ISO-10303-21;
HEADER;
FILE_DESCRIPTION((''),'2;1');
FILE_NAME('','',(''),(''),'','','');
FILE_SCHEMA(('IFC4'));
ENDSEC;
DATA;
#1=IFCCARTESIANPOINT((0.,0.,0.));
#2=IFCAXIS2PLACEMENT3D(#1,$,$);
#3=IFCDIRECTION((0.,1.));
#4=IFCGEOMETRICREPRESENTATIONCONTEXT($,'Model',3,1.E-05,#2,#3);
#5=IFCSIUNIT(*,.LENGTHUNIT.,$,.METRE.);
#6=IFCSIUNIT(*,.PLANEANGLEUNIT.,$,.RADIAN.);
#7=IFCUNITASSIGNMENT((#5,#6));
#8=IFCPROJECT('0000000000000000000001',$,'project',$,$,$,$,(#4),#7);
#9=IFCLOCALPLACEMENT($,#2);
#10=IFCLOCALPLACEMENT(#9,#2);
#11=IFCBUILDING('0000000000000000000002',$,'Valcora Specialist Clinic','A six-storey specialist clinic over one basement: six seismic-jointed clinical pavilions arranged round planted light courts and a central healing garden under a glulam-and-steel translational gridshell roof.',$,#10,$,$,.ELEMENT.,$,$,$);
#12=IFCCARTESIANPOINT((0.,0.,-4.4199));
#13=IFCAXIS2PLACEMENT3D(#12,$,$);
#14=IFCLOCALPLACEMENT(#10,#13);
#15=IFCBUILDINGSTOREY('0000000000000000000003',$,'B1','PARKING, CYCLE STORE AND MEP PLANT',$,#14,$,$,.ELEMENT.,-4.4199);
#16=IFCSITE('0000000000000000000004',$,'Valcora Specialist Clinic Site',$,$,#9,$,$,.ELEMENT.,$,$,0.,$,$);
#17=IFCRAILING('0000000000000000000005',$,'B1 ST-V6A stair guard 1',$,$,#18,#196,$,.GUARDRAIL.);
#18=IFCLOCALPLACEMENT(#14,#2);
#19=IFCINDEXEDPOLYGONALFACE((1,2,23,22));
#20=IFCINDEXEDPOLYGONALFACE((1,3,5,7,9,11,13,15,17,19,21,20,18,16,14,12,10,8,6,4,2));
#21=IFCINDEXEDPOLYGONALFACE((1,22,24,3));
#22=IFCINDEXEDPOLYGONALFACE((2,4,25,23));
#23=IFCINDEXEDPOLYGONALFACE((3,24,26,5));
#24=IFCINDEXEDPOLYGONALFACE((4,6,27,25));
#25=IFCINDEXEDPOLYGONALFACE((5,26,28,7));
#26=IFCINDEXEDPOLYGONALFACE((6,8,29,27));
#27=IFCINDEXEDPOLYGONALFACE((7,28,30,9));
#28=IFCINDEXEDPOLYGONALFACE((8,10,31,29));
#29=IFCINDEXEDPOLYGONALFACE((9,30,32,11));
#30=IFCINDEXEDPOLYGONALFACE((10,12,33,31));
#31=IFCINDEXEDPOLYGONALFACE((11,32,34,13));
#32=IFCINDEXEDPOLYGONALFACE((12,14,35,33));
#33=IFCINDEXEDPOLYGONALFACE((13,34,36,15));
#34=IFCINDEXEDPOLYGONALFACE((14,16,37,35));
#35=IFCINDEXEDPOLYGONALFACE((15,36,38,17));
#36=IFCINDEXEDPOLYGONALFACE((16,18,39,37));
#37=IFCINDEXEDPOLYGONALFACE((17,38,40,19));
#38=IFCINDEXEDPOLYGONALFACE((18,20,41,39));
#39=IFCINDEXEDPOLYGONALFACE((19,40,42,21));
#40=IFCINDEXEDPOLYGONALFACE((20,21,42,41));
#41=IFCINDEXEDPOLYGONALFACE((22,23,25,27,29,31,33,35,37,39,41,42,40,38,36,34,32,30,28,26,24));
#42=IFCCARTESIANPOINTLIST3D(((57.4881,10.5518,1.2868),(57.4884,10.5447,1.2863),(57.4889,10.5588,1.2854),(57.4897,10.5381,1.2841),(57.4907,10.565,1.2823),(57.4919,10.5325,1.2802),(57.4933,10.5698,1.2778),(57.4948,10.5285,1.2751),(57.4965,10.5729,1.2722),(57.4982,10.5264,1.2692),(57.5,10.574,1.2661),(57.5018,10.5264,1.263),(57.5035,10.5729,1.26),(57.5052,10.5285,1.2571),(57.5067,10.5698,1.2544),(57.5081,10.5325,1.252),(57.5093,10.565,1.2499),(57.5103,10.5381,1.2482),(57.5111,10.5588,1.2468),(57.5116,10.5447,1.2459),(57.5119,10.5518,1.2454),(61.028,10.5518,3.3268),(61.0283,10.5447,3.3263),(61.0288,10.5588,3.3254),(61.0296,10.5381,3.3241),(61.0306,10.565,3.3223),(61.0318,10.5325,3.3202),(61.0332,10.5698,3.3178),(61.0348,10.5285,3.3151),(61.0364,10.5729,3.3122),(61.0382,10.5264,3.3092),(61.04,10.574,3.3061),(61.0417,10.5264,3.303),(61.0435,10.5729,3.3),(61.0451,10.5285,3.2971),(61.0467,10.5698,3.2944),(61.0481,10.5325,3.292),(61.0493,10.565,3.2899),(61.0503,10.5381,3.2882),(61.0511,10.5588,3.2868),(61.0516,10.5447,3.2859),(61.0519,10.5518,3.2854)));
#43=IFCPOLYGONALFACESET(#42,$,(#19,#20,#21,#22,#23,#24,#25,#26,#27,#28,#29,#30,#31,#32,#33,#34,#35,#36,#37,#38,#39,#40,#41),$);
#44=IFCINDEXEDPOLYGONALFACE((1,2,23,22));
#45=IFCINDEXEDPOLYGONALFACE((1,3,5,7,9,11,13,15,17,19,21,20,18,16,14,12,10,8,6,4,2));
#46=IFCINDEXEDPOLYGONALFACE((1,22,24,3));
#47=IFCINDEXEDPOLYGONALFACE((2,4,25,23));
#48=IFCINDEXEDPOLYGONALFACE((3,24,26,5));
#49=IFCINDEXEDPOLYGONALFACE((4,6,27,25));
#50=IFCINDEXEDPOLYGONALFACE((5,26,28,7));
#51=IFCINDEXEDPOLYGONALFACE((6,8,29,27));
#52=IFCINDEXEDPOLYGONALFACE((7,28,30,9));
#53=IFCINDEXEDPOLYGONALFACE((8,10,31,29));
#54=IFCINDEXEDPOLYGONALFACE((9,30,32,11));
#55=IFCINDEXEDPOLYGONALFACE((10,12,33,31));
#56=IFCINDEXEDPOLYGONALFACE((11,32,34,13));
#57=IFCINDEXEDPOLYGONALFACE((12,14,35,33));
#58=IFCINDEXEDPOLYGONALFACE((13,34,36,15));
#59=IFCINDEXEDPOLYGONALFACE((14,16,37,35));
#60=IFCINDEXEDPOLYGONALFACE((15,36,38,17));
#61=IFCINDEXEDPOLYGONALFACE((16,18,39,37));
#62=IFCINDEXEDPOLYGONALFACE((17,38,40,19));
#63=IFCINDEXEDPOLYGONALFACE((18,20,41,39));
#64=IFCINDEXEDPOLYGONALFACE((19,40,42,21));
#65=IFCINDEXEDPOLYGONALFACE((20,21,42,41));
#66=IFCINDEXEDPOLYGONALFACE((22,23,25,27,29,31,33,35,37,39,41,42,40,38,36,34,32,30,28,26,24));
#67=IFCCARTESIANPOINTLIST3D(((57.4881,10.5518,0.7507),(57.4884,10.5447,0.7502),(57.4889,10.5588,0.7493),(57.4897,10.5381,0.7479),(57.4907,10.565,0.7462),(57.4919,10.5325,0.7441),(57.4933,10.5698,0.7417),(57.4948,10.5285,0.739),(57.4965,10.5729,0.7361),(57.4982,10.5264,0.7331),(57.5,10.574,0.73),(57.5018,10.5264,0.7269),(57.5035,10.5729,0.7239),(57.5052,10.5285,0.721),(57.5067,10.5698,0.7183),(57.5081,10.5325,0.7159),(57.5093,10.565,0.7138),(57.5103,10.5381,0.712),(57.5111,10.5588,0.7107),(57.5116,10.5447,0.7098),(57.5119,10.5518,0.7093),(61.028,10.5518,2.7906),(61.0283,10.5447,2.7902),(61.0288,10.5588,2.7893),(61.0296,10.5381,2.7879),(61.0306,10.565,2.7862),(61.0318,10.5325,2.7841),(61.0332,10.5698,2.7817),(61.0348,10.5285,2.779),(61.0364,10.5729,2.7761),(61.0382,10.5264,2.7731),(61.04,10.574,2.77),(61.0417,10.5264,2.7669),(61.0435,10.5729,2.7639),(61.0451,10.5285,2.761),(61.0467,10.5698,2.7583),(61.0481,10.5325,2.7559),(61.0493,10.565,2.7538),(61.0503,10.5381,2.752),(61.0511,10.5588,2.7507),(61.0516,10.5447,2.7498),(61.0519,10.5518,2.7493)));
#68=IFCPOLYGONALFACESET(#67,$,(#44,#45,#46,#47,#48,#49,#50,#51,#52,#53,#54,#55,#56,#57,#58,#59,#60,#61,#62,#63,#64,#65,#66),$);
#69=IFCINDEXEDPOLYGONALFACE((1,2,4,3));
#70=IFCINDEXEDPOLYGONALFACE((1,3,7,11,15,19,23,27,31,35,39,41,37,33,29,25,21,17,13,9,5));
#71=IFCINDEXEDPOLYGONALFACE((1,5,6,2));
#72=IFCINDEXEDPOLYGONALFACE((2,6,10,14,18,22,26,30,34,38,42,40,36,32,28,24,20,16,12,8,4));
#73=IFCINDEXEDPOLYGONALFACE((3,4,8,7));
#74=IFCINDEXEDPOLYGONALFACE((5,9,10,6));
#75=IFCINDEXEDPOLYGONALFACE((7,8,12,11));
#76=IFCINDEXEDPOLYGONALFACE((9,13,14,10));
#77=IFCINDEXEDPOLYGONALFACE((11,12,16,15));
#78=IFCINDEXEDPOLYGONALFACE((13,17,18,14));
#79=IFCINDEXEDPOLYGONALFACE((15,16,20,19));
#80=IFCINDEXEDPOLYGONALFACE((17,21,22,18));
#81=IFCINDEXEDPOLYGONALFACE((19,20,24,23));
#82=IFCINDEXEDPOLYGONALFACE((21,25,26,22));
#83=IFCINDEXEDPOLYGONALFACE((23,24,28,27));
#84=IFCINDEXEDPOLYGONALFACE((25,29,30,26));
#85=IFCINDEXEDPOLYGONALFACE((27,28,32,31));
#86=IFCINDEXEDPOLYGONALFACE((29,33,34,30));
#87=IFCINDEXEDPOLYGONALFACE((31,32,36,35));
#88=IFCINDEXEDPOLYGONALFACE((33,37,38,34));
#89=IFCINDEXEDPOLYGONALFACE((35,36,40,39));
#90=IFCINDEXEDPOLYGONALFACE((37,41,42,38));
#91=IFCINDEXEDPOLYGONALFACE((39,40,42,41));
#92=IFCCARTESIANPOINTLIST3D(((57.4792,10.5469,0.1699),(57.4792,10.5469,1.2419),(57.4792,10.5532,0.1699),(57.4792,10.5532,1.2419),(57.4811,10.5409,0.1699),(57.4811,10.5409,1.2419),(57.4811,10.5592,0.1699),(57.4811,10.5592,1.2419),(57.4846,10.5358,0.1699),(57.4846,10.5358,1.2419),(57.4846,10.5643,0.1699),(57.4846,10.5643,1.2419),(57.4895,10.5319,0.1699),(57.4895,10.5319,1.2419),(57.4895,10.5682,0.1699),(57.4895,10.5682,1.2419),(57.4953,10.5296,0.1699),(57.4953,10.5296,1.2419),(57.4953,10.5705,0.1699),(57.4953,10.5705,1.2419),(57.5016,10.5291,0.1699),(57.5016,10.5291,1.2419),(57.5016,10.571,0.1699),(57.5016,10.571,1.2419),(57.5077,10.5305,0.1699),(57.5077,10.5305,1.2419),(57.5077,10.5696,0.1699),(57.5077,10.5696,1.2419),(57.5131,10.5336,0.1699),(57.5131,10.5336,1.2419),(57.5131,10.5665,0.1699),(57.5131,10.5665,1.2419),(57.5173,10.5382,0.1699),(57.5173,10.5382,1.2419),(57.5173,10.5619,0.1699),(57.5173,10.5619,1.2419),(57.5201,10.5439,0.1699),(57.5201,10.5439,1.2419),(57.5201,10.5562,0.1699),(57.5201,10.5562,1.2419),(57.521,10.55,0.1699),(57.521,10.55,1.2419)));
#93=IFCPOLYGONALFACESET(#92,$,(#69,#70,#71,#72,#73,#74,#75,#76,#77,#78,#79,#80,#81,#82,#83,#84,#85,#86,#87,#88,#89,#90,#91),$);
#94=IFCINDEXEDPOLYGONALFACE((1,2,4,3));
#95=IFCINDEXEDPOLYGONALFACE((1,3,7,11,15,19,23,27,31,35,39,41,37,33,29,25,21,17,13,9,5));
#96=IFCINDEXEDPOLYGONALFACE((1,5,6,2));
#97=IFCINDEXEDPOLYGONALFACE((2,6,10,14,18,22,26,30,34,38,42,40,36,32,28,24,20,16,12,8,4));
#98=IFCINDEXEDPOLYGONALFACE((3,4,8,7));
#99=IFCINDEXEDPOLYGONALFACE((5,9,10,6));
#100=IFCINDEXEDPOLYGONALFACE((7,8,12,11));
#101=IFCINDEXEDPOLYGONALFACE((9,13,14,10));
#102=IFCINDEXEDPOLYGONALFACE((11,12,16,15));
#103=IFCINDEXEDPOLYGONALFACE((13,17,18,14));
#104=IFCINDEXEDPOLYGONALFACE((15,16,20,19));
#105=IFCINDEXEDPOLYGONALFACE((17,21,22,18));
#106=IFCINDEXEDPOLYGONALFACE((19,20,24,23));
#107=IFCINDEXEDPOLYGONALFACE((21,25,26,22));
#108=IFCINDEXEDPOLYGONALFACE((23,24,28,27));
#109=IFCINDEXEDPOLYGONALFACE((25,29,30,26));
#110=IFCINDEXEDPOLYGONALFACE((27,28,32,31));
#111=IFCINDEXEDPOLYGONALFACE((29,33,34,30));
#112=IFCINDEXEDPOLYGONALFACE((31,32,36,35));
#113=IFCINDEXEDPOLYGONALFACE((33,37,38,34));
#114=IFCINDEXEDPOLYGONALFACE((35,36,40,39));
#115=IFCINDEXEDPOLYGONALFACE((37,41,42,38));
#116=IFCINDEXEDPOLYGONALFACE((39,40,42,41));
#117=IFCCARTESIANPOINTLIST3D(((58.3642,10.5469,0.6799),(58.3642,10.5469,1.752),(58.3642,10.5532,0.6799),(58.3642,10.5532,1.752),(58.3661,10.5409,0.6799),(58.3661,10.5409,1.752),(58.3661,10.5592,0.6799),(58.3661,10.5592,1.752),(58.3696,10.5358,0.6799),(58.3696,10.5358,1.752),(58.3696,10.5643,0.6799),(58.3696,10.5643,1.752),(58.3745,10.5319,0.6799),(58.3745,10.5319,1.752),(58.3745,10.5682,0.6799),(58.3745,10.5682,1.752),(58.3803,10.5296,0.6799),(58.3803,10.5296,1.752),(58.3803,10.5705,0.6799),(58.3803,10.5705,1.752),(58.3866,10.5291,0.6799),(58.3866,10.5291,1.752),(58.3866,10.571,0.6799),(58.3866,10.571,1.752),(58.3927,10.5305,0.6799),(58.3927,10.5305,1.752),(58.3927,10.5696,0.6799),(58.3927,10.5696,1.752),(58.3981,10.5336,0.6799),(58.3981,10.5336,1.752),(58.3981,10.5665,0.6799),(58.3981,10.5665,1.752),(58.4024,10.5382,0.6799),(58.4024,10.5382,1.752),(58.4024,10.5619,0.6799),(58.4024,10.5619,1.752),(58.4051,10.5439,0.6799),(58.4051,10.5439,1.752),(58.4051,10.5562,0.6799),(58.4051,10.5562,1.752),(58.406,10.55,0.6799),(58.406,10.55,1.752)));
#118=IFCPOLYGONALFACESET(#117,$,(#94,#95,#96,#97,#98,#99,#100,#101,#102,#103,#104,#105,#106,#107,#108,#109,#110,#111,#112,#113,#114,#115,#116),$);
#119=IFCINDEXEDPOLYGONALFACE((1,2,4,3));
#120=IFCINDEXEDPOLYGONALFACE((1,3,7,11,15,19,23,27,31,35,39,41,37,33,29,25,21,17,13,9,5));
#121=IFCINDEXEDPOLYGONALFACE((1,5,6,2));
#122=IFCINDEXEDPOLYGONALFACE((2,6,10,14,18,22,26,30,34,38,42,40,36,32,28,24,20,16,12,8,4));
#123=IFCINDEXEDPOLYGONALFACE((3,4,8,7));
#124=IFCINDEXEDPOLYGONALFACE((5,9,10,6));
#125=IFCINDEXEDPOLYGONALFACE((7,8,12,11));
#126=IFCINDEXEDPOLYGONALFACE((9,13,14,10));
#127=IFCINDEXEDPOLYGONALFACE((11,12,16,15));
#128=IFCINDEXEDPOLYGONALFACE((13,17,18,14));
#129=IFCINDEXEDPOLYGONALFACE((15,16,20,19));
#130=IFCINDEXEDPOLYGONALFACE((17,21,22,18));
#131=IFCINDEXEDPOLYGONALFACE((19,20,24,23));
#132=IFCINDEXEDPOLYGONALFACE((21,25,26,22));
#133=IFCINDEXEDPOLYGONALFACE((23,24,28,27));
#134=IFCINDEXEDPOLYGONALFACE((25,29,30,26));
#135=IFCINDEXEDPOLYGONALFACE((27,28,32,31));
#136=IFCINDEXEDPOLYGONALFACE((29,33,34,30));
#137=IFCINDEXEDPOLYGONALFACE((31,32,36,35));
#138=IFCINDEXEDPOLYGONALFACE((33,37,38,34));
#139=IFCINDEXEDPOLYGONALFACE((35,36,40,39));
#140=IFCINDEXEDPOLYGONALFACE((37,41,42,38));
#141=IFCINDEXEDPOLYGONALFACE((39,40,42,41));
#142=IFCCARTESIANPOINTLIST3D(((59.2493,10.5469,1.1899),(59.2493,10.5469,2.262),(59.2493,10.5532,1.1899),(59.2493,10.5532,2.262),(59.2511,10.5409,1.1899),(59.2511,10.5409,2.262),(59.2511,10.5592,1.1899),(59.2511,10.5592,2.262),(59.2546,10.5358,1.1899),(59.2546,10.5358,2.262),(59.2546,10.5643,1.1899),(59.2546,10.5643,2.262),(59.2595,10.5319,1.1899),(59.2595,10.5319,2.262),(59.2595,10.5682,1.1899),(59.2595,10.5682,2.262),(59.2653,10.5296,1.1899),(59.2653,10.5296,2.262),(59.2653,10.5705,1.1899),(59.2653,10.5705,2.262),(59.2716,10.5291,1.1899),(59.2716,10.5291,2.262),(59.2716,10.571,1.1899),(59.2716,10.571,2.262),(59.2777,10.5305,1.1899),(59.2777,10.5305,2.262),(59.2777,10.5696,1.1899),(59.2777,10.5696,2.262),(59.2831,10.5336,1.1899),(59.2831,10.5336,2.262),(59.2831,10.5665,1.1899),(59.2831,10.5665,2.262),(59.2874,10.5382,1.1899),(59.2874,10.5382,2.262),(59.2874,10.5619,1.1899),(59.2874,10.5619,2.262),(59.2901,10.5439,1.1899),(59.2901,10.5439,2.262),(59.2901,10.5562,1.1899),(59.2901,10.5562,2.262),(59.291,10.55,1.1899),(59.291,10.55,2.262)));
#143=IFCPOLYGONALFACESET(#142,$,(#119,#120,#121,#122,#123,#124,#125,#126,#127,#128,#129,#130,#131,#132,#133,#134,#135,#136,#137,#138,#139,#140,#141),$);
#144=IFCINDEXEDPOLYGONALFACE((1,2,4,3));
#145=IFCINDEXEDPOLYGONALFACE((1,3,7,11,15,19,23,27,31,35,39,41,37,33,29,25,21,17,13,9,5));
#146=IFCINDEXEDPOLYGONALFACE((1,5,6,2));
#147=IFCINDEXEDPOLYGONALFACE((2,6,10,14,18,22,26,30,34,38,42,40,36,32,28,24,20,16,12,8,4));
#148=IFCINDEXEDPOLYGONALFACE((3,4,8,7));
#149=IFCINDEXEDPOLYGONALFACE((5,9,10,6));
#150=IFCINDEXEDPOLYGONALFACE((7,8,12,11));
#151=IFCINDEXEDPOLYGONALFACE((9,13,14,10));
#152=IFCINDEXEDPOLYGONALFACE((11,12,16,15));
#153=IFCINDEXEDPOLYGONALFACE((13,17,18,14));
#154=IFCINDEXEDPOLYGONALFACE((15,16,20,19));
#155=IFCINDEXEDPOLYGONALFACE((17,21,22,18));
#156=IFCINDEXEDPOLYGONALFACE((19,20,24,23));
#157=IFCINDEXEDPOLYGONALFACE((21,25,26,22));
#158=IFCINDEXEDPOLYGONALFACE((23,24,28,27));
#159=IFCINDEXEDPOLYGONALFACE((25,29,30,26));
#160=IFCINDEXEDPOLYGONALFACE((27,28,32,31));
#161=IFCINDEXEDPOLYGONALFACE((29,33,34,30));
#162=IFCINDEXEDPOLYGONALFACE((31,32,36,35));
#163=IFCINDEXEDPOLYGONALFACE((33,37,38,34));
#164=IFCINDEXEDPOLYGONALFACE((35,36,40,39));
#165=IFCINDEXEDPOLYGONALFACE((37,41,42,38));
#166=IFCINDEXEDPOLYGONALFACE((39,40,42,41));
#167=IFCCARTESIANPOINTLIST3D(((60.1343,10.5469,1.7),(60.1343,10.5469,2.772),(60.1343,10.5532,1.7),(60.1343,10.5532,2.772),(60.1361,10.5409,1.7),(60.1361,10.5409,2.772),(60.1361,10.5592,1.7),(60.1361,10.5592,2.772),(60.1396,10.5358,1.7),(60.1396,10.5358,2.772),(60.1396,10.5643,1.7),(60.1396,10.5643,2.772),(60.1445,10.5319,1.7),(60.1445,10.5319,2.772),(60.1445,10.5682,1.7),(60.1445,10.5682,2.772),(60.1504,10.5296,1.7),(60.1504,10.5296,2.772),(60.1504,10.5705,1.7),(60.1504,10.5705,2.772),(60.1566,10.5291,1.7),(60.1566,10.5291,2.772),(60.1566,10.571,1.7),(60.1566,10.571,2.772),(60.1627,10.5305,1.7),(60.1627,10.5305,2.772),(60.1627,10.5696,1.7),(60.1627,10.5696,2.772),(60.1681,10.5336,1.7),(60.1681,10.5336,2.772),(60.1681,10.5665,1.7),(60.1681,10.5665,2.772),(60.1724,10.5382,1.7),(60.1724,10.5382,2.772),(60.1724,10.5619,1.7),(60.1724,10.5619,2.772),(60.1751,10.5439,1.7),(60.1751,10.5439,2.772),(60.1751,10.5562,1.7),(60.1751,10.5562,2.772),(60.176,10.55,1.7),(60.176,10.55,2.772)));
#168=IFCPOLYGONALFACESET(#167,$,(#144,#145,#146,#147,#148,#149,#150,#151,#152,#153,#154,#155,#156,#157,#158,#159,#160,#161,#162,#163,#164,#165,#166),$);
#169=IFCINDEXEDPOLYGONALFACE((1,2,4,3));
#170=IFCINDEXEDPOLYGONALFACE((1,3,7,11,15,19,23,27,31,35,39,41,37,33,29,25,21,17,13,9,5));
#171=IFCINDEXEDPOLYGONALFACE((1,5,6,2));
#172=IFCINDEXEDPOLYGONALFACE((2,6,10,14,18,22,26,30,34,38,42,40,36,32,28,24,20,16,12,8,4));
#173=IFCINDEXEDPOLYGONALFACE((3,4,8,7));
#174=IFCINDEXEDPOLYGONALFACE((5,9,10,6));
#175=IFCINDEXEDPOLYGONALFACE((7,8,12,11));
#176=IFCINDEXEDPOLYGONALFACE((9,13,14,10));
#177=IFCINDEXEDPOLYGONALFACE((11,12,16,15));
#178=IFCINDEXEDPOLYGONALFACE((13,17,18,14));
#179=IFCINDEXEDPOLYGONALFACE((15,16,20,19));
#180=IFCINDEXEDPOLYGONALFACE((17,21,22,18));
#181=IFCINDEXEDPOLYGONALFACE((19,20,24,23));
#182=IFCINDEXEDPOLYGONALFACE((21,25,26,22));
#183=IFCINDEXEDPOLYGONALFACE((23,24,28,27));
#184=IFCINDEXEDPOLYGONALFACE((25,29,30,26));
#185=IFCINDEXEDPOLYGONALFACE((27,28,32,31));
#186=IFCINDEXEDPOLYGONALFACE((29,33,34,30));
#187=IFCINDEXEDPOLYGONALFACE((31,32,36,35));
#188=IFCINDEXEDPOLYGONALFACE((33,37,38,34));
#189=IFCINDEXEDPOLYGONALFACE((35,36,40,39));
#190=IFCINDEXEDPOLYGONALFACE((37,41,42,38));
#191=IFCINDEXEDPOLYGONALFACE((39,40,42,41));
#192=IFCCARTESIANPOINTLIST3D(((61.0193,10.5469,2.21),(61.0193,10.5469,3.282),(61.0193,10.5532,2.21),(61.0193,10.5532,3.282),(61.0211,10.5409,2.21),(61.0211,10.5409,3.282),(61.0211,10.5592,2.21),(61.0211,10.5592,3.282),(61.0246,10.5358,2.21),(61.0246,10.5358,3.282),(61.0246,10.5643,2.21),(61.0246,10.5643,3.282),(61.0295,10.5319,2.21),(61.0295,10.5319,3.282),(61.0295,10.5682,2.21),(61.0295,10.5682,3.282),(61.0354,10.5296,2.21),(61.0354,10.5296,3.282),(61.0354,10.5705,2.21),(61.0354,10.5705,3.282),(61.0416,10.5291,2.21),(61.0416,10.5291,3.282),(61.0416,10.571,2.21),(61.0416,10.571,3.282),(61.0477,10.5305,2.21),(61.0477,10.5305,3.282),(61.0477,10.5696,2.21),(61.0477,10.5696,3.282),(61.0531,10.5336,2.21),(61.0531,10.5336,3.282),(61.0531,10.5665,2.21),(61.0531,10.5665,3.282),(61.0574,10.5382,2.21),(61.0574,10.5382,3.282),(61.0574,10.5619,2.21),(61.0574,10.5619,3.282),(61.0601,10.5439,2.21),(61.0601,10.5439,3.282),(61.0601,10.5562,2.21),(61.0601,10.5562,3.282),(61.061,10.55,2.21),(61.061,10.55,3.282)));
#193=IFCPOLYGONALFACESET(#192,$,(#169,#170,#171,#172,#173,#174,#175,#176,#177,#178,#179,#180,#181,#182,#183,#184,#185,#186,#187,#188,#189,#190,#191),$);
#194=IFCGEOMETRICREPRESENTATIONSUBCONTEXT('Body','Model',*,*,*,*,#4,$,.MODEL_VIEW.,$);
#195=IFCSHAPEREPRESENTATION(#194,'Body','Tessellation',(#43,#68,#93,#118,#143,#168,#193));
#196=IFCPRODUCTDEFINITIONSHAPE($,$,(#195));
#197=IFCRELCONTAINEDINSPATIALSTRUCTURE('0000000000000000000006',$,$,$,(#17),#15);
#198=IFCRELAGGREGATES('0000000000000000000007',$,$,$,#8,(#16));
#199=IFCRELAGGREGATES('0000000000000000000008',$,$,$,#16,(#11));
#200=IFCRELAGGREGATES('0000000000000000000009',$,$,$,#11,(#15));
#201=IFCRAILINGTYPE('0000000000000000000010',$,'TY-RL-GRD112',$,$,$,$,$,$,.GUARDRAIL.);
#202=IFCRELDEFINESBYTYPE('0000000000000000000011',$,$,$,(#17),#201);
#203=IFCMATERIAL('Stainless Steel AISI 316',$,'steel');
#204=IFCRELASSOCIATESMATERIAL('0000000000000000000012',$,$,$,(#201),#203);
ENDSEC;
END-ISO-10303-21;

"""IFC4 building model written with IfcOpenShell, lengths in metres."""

from ifc_helpers import new_model, si_unit, direction, frame, origin, origin_2d, place, context, subcontext, project, spatial, circle, extrude, material, type_object, element, save


model = new_model("IFC4")

# Units and contexts
model_context = context("Model", 3, precision=1e-05, world=origin(), true_north=direction((0.0, 1.0)))
body_context = subcontext(model_context, "Body", "Model", "MODEL_VIEW")
ifc_project = project(units=[si_unit("LENGTHUNIT", "METRE"), si_unit("PLANEANGLEUNIT", "RADIAN")], contexts=[model_context])

# Site, building, storey
site_placement = place(None, origin())
site = spatial("IfcSite", under=ifc_project, at=site_placement, Name="Valcora Specialist Clinic Site", CompositionType="ELEMENT", RefElevation=0.0)
building_placement = place(site_placement, origin())
building = spatial("IfcBuilding", under=site, at=building_placement, Name="Valcora Specialist Clinic", Description="A six-storey specialist clinic over one basement: six seismic-jointed clinical pavilions arranged round planted light courts and a central healing garden under a glulam-and-steel translational gridshell roof.", CompositionType="ELEMENT")
storey_placement = place(building_placement, frame((0.0, 0.0, -4.4199)))
storey = spatial("IfcBuildingStorey", under=building, at=storey_placement, Name="B1", Description="PARKING, CYCLE STORE AND MEP PLANT", CompositionType="ELEMENT", Elevation=-4.4199)

# Shared definitions
ifc_material_1 = material(Name="Stainless Steel AISI 316", Category="steel")

# Railing
railing_type_1 = type_object("IfcRailingType", Name="TY-RL-GRD112", PredefinedType="GUARDRAIL", material=ifc_material_1)
railing_1_placement = place(storey_placement, frame((57.5, 10.55, 0.1699)))
element("IfcRailing", 1, at=railing_1_placement, inside=storey, type_object=railing_type_1, Name="B1 ST-V6A stair guard 1", PredefinedType="GUARDRAIL", context=body_context, shape_type="SweptSolid", body=[
    extrude(circle(Radius=0.0239, at=origin_2d()), frame((0.0, 0.0, 1.0962), z_axis=(0.866428, 0.0, 0.499302), x_axis=(0.0, 1.0, 0.0)), (0.0, 0.0, 1.0), 4.0857),
    extrude(circle(Radius=0.0239, at=origin_2d()), frame((0.0, 0.0, 0.5601), z_axis=(0.866428, 0.0, 0.499302), x_axis=(0.0, 1.0, 0.0)), (0.0, 0.0, 1.0), 4.0857),
    extrude(circle(Radius=0.021, at=origin_2d()), origin(), (0.0, 0.0, 1.0), 1.072),
    extrude(circle(Radius=0.021, at=origin_2d()), frame((0.885, 0.0, 0.51)), (0.0, 0.0, 1.0), 1.072),
    extrude(circle(Radius=0.021, at=origin_2d()), frame((1.77, 0.0, 1.02)), (0.0, 0.0, 1.0), 1.072),
    extrude(circle(Radius=0.021, at=origin_2d()), frame((2.655, 0.0, 1.53)), (0.0, 0.0, 1.0), 1.072),
    extrude(circle(Radius=0.021, at=origin_2d()), frame((3.54, 0.0, 2.04)), (0.0, 0.0, 1.0), 1.072),
])

save(model, "model.ifc")
